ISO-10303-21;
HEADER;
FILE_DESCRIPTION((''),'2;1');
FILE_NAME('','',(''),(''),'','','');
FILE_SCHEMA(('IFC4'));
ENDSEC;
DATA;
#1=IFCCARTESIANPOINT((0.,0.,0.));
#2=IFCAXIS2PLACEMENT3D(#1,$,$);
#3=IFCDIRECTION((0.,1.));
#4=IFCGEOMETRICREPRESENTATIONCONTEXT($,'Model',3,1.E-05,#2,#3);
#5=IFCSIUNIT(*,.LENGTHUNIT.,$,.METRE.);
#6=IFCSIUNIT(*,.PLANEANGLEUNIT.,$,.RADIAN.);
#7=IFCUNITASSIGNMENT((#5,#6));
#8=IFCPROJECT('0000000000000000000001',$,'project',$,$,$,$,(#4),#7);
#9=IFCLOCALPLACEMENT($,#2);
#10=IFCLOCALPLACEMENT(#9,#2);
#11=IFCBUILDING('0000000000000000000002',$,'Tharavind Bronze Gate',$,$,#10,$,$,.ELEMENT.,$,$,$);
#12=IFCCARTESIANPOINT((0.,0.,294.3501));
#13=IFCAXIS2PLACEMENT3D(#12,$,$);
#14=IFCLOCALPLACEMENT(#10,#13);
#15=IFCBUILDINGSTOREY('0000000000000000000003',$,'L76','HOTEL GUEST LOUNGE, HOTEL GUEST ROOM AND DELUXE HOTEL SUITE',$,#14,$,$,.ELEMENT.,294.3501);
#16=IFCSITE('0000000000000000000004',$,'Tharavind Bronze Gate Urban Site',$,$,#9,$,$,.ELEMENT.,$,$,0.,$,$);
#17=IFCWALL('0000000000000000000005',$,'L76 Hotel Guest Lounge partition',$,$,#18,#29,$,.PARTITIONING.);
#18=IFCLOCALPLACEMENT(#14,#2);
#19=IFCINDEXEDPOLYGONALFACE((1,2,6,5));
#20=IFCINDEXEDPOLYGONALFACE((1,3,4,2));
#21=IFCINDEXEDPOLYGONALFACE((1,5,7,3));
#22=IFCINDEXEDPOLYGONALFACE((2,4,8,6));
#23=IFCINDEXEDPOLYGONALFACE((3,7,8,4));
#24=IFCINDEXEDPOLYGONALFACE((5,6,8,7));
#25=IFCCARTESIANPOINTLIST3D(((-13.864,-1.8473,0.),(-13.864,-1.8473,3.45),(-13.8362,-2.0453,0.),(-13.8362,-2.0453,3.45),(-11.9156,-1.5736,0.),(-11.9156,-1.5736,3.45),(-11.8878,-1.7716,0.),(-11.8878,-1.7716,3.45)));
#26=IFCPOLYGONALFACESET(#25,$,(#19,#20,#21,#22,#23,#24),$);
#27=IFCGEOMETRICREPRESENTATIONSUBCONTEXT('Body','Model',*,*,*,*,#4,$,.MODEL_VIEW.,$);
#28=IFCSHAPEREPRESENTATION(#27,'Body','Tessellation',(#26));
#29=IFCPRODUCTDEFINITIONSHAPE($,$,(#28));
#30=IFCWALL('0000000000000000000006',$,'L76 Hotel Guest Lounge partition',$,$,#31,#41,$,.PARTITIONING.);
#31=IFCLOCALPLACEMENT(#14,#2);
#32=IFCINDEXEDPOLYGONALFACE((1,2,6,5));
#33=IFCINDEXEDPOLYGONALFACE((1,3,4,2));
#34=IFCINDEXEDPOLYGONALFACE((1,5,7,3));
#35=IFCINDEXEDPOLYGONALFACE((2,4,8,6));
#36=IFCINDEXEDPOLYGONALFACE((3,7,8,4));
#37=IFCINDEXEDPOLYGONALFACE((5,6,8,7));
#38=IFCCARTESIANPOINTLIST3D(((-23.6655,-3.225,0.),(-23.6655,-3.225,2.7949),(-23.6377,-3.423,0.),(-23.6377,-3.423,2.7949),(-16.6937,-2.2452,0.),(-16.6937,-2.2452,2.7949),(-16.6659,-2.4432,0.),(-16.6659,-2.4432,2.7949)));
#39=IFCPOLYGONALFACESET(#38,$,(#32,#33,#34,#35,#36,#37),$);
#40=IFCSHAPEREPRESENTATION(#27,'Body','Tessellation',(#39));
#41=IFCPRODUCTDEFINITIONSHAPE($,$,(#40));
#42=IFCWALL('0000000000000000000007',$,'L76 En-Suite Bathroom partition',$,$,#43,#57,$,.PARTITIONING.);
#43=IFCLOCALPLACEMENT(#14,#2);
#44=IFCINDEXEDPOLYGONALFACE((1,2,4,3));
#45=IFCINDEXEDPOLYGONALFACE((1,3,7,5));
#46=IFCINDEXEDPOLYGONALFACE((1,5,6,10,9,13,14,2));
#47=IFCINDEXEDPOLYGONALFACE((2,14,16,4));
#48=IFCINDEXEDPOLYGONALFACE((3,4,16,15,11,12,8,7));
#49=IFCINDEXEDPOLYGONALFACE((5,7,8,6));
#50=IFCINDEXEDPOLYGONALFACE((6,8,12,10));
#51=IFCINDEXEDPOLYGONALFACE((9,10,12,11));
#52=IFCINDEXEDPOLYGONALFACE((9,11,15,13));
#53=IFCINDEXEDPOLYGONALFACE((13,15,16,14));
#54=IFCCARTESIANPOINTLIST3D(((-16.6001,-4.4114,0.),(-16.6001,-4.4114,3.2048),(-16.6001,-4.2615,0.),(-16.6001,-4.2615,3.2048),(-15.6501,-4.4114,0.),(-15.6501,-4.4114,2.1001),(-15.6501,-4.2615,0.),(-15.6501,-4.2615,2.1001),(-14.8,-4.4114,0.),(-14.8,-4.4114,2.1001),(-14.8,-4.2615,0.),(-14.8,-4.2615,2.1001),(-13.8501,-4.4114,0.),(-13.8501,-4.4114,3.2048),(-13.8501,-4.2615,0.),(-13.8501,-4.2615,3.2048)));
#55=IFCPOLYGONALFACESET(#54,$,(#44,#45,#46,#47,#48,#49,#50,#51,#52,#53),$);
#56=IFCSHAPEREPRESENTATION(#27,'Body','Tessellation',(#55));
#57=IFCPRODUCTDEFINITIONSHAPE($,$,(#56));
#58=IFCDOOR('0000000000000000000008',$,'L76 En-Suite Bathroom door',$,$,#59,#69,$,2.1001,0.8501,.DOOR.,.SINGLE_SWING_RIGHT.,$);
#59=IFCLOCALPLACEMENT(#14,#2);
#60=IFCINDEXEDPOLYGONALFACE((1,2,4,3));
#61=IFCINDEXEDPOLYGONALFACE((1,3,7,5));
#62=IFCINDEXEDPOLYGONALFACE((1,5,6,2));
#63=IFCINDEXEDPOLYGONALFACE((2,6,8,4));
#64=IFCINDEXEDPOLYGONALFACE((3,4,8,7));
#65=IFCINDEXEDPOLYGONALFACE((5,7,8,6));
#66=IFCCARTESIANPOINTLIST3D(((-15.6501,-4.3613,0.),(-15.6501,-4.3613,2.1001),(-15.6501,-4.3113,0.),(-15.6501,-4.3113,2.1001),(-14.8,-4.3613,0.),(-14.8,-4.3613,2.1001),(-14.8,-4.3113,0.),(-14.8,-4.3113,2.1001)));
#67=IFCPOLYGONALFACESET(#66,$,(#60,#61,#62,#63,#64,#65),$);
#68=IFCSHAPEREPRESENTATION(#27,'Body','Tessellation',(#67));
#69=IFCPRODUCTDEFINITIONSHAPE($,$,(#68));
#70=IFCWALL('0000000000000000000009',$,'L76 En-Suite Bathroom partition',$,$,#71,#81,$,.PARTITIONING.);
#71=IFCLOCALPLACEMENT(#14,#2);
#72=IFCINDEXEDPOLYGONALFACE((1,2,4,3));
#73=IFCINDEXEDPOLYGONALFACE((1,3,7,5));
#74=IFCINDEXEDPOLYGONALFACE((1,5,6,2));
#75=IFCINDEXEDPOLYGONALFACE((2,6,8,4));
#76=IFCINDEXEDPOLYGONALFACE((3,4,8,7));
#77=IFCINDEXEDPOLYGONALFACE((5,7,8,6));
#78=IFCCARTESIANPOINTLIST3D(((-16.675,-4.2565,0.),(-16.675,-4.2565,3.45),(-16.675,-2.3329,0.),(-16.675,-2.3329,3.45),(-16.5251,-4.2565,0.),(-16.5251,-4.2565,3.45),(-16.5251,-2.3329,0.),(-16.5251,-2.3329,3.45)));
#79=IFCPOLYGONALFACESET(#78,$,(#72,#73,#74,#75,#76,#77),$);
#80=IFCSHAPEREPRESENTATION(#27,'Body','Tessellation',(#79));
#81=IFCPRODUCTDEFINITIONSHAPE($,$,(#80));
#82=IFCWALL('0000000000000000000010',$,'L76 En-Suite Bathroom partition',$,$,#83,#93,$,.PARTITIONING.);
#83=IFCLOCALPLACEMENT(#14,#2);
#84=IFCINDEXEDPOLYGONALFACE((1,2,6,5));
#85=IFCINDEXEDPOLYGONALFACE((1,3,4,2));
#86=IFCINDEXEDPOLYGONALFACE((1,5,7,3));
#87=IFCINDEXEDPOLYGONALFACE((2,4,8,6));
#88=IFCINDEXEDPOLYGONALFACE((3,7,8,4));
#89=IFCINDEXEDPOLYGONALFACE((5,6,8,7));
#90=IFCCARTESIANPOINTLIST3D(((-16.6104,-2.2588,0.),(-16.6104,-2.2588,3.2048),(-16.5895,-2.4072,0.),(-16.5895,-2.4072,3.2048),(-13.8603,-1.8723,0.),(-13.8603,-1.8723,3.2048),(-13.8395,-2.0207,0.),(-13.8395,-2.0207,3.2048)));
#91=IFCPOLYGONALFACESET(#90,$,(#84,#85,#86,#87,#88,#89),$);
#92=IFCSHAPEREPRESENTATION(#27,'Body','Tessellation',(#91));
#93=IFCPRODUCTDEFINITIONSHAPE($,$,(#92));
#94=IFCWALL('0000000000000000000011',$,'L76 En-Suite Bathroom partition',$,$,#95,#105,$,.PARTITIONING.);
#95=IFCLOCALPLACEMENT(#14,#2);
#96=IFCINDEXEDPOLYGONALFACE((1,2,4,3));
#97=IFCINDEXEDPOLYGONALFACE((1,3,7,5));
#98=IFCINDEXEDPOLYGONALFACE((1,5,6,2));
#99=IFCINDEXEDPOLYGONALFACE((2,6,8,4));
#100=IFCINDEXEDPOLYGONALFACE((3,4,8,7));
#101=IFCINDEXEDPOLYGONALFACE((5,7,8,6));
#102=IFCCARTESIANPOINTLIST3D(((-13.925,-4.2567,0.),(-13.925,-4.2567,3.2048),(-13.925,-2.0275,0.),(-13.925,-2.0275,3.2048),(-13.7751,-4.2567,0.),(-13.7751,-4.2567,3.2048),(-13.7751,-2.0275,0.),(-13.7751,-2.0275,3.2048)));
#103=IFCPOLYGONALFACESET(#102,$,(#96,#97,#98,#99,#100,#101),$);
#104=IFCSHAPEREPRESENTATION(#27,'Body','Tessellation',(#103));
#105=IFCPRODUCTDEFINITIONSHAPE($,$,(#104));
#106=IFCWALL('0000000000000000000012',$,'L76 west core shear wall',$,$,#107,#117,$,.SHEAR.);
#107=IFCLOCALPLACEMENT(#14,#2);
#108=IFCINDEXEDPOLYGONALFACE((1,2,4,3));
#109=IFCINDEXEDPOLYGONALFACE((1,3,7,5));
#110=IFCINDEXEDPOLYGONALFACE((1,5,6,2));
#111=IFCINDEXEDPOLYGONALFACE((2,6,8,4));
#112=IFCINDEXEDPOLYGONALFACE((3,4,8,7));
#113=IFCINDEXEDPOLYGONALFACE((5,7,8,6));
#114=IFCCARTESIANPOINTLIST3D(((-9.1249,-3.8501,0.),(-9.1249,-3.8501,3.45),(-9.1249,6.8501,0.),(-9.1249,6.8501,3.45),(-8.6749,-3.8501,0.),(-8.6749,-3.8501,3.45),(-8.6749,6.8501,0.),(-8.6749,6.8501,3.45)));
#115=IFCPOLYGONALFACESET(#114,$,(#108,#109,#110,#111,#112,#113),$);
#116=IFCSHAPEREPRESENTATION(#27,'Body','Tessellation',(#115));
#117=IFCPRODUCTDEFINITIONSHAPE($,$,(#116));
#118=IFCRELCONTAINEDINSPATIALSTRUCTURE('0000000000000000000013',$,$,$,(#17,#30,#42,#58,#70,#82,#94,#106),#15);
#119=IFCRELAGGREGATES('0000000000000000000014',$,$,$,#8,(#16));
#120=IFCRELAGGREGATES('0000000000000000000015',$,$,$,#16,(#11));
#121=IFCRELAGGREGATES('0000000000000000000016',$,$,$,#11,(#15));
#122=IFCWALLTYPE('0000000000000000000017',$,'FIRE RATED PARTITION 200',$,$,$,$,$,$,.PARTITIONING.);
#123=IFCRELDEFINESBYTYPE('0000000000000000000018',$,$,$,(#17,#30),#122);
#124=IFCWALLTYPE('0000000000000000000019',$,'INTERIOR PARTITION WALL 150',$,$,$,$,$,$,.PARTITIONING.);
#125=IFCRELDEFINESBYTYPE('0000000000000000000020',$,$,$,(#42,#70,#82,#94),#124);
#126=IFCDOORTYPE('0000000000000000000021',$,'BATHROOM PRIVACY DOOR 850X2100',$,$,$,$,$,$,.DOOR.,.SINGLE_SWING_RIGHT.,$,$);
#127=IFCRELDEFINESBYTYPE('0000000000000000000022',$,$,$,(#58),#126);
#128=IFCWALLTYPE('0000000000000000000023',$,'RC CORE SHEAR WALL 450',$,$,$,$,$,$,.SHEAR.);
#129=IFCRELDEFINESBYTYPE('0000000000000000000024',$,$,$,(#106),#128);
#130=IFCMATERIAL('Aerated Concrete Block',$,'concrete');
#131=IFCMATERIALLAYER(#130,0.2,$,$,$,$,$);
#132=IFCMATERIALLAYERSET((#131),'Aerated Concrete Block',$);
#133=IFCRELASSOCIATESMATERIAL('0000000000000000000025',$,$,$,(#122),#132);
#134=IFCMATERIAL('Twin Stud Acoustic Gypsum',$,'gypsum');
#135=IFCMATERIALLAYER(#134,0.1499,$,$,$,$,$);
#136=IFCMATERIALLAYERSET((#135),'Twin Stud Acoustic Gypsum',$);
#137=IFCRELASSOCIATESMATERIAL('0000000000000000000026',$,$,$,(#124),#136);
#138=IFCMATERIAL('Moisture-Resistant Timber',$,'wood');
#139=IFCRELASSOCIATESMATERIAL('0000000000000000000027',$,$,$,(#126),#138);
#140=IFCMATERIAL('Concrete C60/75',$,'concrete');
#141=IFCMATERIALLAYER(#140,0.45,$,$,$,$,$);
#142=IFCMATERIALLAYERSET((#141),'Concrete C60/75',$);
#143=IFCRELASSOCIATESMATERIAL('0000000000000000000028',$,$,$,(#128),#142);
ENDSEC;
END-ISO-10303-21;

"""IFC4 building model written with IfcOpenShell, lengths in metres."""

from ifc_helpers import new_model, si_unit, direction, frame, frame_2d, origin, place, context, subcontext, project, spatial, rectangle, extrude, material, layer, layer_set, type_object, element, fill, save


model = new_model("IFC4")

# Units and contexts
model_context = context("Model", 3, precision=1e-05, world=origin(), true_north=direction((0.0, 1.0)))
body_context = subcontext(model_context, "Body", "Model", "MODEL_VIEW")
ifc_project = project(units=[si_unit("LENGTHUNIT", "METRE"), si_unit("PLANEANGLEUNIT", "RADIAN")], contexts=[model_context])

# Site, building, storey
site_placement = place(None, origin())
site = spatial("IfcSite", under=ifc_project, at=site_placement, Name="Tharavind Bronze Gate Urban Site", CompositionType="ELEMENT", RefElevation=0.0)
building_placement = place(site_placement, origin())
building = spatial("IfcBuilding", under=site, at=building_placement, Name="Tharavind Bronze Gate", CompositionType="ELEMENT")
storey_placement = place(building_placement, frame((0.0, 0.0, 294.3501)))
storey = spatial("IfcBuildingStorey", under=building, at=storey_placement, Name="L76", Description="HOTEL GUEST LOUNGE, HOTEL GUEST ROOM AND DELUXE HOTEL SUITE", CompositionType="ELEMENT", Elevation=294.3501)

# Walls
ifc_material_1 = material(Name="Aerated Concrete Block", Category="concrete")
ifc_layer_1 = layer(ifc_material_1, 0.2)
ifc_layer_set_1 = layer_set([ifc_layer_1], Name="Aerated Concrete Block")
wall_type_1 = type_object("IfcWallType", Name="FIRE RATED PARTITION 200", PredefinedType="PARTITIONING", material=ifc_layer_set_1)
wall_1_placement = place(storey_placement, frame((-11.9016, -1.6726, 0.0), z_axis=(0.0, 0.0, 1.0), x_axis=(-0.990279, -0.139093, 0.0)))
element("IfcWall", 1, at=wall_1_placement, inside=storey, type_object=wall_type_1, Name="L76 Hotel Guest Lounge partition", PredefinedType="PARTITIONING", context=body_context, shape_type="SweptSolid", body=[
    extrude(rectangle(XDim=1.9675, YDim=0.2, at=frame_2d((0.9839, 0.0))), origin(), (0.0, 0.0, 1.0), 3.45),
])
wall_2_placement = place(storey_placement, frame((-16.6799, -2.3442, 0.0), z_axis=(0.0, 0.0, 1.0), x_axis=(-0.990269, -0.139163, 0.0)))
element("IfcWall", 2, at=wall_2_placement, inside=storey, type_object=wall_type_1, Name="L76 Hotel Guest Lounge partition", PredefinedType="PARTITIONING", context=body_context, shape_type="SweptSolid", body=[
    extrude(rectangle(XDim=7.0403, YDim=0.2, at=frame_2d((3.52, 0.0))), origin(), (0.0, 0.0, 1.0), 2.7949),
])

# Wall, opening, door
ifc_material_2 = material(Name="Twin Stud Acoustic Gypsum", Category="gypsum")
ifc_layer_2 = layer(ifc_material_2, 0.1499)
ifc_layer_set_2 = layer_set([ifc_layer_2], Name="Twin Stud Acoustic Gypsum")
wall_type_2 = type_object("IfcWallType", Name="INTERIOR PARTITION WALL 150", PredefinedType="PARTITIONING", material=ifc_layer_set_2)
wall_3_placement = place(storey_placement, frame((-13.8501, -4.3364, 0.0), z_axis=(0.0, 0.0, 1.0), x_axis=(-1.0, 0.0, 0.0)))
wall_3 = element("IfcWall", 3, at=wall_3_placement, inside=storey, type_object=wall_type_2, Name="L76 En-Suite Bathroom partition", PredefinedType="PARTITIONING", context=body_context, shape_type="SweptSolid", body=[
    extrude(rectangle(XDim=2.75, YDim=0.1499, at=frame_2d((1.375, 0.0))), origin(), (0.0, 0.0, 1.0), 3.2048),
])
opening_1_placement = place(wall_3_placement, frame((0.95, 0.0, 0.0)))
opening_1 = element("IfcOpeningElement", 4, at=opening_1_placement, cuts=wall_3, PredefinedType="OPENING", context=body_context, shape_type="SweptSolid", body=[
    extrude(rectangle(XDim=0.8501, YDim=2.1001, at=frame_2d((0.425, 1.05))), frame((0.0, 0.085, 0.0), z_axis=(0.0, -1.0, 0.0), x_axis=(1.0, 0.0, 0.0)), (0.0, 0.0, 1.0), 0.1699),
])
ifc_material_3 = material(Name="Moisture-Resistant Timber", Category="wood")
door_type_1 = type_object("IfcDoorType", Name="BATHROOM PRIVACY DOOR 850X2100", OperationType="SINGLE_SWING_RIGHT", PredefinedType="DOOR", material=ifc_material_3)
door_1_placement = place(opening_1_placement, origin())
door_1 = element("IfcDoor", 5, at=door_1_placement, inside=storey, type_object=door_type_1, Name="L76 En-Suite Bathroom door", OperationType="SINGLE_SWING_RIGHT", OverallHeight=2.1001, OverallWidth=0.8501, PredefinedType="DOOR", context=body_context, shape_type="SweptSolid", body=[
    extrude(rectangle(XDim=0.8501, YDim=2.1001, at=frame_2d((0.425, 1.05))), frame((0.0, 0.0249, 0.0), z_axis=(0.0, -1.0, 0.0), x_axis=(1.0, 0.0, 0.0)), (0.0, 0.0, 1.0), 0.05),
])
fill(opening_1, door_1)

# Walls
wall_4_placement = place(storey_placement, frame((-16.6001, -4.2566, 0.0), z_axis=(0.0, 0.0, 1.0), x_axis=(0.0, 1.0, 0.0)))
element("IfcWall", 6, at=wall_4_placement, inside=storey, type_object=wall_type_2, Name="L76 En-Suite Bathroom partition", PredefinedType="PARTITIONING", context=body_context, shape_type="SweptSolid", body=[
    extrude(rectangle(XDim=1.9236, YDim=0.1499, at=frame_2d((0.9619, 0.0))), origin(), (0.0, 0.0, 1.0), 3.45),
])
wall_5_placement = place(storey_placement, frame((-16.6001, -2.333, 0.0), z_axis=(0.0, 0.0, 1.0), x_axis=(0.990269, 0.139169, 0.0)))
element("IfcWall", 7, at=wall_5_placement, inside=storey, type_object=wall_type_2, Name="L76 En-Suite Bathroom partition", PredefinedType="PARTITIONING", context=body_context, shape_type="SweptSolid", body=[
    extrude(rectangle(XDim=2.7771, YDim=0.1499, at=frame_2d((1.3887, 0.0))), origin(), (0.0, 0.0, 1.0), 3.2048),
])
wall_6_placement = place(storey_placement, frame((-13.8501, -2.0273, 0.0), z_axis=(0.0, 0.0, 1.0), x_axis=(0.0, -1.0, 0.0)))
element("IfcWall", 8, at=wall_6_placement, inside=storey, type_object=wall_type_2, Name="L76 En-Suite Bathroom partition", PredefinedType="PARTITIONING", context=body_context, shape_type="SweptSolid", body=[
    extrude(rectangle(XDim=2.2292, YDim=0.1499, at=frame_2d((1.1147, 0.0))), origin(), (0.0, 0.0, 1.0), 3.2048),
])

# Wall
ifc_material_4 = material(Name="Concrete C60/75", Category="concrete")
ifc_layer_3 = layer(ifc_material_4, 0.45)
ifc_layer_set_3 = layer_set([ifc_layer_3], Name="Concrete C60/75")
wall_type_3 = type_object("IfcWallType", Name="RC CORE SHEAR WALL 450", PredefinedType="SHEAR", material=ifc_layer_set_3)
wall_7_placement = place(storey_placement, frame((-8.8999, -3.8501, 0.0), z_axis=(0.0, 0.0, 1.0), x_axis=(0.0, 1.0, 0.0)))
element("IfcWall", 9, at=wall_7_placement, inside=storey, type_object=wall_type_3, Name="L76 west core shear wall", PredefinedType="SHEAR", context=body_context, shape_type="SweptSolid", body=[
    extrude(rectangle(XDim=10.7002, YDim=0.45, at=frame_2d((5.3501, 0.0))), origin(), (0.0, 0.0, 1.0), 3.45),
])

save(model, "model.ifc")
